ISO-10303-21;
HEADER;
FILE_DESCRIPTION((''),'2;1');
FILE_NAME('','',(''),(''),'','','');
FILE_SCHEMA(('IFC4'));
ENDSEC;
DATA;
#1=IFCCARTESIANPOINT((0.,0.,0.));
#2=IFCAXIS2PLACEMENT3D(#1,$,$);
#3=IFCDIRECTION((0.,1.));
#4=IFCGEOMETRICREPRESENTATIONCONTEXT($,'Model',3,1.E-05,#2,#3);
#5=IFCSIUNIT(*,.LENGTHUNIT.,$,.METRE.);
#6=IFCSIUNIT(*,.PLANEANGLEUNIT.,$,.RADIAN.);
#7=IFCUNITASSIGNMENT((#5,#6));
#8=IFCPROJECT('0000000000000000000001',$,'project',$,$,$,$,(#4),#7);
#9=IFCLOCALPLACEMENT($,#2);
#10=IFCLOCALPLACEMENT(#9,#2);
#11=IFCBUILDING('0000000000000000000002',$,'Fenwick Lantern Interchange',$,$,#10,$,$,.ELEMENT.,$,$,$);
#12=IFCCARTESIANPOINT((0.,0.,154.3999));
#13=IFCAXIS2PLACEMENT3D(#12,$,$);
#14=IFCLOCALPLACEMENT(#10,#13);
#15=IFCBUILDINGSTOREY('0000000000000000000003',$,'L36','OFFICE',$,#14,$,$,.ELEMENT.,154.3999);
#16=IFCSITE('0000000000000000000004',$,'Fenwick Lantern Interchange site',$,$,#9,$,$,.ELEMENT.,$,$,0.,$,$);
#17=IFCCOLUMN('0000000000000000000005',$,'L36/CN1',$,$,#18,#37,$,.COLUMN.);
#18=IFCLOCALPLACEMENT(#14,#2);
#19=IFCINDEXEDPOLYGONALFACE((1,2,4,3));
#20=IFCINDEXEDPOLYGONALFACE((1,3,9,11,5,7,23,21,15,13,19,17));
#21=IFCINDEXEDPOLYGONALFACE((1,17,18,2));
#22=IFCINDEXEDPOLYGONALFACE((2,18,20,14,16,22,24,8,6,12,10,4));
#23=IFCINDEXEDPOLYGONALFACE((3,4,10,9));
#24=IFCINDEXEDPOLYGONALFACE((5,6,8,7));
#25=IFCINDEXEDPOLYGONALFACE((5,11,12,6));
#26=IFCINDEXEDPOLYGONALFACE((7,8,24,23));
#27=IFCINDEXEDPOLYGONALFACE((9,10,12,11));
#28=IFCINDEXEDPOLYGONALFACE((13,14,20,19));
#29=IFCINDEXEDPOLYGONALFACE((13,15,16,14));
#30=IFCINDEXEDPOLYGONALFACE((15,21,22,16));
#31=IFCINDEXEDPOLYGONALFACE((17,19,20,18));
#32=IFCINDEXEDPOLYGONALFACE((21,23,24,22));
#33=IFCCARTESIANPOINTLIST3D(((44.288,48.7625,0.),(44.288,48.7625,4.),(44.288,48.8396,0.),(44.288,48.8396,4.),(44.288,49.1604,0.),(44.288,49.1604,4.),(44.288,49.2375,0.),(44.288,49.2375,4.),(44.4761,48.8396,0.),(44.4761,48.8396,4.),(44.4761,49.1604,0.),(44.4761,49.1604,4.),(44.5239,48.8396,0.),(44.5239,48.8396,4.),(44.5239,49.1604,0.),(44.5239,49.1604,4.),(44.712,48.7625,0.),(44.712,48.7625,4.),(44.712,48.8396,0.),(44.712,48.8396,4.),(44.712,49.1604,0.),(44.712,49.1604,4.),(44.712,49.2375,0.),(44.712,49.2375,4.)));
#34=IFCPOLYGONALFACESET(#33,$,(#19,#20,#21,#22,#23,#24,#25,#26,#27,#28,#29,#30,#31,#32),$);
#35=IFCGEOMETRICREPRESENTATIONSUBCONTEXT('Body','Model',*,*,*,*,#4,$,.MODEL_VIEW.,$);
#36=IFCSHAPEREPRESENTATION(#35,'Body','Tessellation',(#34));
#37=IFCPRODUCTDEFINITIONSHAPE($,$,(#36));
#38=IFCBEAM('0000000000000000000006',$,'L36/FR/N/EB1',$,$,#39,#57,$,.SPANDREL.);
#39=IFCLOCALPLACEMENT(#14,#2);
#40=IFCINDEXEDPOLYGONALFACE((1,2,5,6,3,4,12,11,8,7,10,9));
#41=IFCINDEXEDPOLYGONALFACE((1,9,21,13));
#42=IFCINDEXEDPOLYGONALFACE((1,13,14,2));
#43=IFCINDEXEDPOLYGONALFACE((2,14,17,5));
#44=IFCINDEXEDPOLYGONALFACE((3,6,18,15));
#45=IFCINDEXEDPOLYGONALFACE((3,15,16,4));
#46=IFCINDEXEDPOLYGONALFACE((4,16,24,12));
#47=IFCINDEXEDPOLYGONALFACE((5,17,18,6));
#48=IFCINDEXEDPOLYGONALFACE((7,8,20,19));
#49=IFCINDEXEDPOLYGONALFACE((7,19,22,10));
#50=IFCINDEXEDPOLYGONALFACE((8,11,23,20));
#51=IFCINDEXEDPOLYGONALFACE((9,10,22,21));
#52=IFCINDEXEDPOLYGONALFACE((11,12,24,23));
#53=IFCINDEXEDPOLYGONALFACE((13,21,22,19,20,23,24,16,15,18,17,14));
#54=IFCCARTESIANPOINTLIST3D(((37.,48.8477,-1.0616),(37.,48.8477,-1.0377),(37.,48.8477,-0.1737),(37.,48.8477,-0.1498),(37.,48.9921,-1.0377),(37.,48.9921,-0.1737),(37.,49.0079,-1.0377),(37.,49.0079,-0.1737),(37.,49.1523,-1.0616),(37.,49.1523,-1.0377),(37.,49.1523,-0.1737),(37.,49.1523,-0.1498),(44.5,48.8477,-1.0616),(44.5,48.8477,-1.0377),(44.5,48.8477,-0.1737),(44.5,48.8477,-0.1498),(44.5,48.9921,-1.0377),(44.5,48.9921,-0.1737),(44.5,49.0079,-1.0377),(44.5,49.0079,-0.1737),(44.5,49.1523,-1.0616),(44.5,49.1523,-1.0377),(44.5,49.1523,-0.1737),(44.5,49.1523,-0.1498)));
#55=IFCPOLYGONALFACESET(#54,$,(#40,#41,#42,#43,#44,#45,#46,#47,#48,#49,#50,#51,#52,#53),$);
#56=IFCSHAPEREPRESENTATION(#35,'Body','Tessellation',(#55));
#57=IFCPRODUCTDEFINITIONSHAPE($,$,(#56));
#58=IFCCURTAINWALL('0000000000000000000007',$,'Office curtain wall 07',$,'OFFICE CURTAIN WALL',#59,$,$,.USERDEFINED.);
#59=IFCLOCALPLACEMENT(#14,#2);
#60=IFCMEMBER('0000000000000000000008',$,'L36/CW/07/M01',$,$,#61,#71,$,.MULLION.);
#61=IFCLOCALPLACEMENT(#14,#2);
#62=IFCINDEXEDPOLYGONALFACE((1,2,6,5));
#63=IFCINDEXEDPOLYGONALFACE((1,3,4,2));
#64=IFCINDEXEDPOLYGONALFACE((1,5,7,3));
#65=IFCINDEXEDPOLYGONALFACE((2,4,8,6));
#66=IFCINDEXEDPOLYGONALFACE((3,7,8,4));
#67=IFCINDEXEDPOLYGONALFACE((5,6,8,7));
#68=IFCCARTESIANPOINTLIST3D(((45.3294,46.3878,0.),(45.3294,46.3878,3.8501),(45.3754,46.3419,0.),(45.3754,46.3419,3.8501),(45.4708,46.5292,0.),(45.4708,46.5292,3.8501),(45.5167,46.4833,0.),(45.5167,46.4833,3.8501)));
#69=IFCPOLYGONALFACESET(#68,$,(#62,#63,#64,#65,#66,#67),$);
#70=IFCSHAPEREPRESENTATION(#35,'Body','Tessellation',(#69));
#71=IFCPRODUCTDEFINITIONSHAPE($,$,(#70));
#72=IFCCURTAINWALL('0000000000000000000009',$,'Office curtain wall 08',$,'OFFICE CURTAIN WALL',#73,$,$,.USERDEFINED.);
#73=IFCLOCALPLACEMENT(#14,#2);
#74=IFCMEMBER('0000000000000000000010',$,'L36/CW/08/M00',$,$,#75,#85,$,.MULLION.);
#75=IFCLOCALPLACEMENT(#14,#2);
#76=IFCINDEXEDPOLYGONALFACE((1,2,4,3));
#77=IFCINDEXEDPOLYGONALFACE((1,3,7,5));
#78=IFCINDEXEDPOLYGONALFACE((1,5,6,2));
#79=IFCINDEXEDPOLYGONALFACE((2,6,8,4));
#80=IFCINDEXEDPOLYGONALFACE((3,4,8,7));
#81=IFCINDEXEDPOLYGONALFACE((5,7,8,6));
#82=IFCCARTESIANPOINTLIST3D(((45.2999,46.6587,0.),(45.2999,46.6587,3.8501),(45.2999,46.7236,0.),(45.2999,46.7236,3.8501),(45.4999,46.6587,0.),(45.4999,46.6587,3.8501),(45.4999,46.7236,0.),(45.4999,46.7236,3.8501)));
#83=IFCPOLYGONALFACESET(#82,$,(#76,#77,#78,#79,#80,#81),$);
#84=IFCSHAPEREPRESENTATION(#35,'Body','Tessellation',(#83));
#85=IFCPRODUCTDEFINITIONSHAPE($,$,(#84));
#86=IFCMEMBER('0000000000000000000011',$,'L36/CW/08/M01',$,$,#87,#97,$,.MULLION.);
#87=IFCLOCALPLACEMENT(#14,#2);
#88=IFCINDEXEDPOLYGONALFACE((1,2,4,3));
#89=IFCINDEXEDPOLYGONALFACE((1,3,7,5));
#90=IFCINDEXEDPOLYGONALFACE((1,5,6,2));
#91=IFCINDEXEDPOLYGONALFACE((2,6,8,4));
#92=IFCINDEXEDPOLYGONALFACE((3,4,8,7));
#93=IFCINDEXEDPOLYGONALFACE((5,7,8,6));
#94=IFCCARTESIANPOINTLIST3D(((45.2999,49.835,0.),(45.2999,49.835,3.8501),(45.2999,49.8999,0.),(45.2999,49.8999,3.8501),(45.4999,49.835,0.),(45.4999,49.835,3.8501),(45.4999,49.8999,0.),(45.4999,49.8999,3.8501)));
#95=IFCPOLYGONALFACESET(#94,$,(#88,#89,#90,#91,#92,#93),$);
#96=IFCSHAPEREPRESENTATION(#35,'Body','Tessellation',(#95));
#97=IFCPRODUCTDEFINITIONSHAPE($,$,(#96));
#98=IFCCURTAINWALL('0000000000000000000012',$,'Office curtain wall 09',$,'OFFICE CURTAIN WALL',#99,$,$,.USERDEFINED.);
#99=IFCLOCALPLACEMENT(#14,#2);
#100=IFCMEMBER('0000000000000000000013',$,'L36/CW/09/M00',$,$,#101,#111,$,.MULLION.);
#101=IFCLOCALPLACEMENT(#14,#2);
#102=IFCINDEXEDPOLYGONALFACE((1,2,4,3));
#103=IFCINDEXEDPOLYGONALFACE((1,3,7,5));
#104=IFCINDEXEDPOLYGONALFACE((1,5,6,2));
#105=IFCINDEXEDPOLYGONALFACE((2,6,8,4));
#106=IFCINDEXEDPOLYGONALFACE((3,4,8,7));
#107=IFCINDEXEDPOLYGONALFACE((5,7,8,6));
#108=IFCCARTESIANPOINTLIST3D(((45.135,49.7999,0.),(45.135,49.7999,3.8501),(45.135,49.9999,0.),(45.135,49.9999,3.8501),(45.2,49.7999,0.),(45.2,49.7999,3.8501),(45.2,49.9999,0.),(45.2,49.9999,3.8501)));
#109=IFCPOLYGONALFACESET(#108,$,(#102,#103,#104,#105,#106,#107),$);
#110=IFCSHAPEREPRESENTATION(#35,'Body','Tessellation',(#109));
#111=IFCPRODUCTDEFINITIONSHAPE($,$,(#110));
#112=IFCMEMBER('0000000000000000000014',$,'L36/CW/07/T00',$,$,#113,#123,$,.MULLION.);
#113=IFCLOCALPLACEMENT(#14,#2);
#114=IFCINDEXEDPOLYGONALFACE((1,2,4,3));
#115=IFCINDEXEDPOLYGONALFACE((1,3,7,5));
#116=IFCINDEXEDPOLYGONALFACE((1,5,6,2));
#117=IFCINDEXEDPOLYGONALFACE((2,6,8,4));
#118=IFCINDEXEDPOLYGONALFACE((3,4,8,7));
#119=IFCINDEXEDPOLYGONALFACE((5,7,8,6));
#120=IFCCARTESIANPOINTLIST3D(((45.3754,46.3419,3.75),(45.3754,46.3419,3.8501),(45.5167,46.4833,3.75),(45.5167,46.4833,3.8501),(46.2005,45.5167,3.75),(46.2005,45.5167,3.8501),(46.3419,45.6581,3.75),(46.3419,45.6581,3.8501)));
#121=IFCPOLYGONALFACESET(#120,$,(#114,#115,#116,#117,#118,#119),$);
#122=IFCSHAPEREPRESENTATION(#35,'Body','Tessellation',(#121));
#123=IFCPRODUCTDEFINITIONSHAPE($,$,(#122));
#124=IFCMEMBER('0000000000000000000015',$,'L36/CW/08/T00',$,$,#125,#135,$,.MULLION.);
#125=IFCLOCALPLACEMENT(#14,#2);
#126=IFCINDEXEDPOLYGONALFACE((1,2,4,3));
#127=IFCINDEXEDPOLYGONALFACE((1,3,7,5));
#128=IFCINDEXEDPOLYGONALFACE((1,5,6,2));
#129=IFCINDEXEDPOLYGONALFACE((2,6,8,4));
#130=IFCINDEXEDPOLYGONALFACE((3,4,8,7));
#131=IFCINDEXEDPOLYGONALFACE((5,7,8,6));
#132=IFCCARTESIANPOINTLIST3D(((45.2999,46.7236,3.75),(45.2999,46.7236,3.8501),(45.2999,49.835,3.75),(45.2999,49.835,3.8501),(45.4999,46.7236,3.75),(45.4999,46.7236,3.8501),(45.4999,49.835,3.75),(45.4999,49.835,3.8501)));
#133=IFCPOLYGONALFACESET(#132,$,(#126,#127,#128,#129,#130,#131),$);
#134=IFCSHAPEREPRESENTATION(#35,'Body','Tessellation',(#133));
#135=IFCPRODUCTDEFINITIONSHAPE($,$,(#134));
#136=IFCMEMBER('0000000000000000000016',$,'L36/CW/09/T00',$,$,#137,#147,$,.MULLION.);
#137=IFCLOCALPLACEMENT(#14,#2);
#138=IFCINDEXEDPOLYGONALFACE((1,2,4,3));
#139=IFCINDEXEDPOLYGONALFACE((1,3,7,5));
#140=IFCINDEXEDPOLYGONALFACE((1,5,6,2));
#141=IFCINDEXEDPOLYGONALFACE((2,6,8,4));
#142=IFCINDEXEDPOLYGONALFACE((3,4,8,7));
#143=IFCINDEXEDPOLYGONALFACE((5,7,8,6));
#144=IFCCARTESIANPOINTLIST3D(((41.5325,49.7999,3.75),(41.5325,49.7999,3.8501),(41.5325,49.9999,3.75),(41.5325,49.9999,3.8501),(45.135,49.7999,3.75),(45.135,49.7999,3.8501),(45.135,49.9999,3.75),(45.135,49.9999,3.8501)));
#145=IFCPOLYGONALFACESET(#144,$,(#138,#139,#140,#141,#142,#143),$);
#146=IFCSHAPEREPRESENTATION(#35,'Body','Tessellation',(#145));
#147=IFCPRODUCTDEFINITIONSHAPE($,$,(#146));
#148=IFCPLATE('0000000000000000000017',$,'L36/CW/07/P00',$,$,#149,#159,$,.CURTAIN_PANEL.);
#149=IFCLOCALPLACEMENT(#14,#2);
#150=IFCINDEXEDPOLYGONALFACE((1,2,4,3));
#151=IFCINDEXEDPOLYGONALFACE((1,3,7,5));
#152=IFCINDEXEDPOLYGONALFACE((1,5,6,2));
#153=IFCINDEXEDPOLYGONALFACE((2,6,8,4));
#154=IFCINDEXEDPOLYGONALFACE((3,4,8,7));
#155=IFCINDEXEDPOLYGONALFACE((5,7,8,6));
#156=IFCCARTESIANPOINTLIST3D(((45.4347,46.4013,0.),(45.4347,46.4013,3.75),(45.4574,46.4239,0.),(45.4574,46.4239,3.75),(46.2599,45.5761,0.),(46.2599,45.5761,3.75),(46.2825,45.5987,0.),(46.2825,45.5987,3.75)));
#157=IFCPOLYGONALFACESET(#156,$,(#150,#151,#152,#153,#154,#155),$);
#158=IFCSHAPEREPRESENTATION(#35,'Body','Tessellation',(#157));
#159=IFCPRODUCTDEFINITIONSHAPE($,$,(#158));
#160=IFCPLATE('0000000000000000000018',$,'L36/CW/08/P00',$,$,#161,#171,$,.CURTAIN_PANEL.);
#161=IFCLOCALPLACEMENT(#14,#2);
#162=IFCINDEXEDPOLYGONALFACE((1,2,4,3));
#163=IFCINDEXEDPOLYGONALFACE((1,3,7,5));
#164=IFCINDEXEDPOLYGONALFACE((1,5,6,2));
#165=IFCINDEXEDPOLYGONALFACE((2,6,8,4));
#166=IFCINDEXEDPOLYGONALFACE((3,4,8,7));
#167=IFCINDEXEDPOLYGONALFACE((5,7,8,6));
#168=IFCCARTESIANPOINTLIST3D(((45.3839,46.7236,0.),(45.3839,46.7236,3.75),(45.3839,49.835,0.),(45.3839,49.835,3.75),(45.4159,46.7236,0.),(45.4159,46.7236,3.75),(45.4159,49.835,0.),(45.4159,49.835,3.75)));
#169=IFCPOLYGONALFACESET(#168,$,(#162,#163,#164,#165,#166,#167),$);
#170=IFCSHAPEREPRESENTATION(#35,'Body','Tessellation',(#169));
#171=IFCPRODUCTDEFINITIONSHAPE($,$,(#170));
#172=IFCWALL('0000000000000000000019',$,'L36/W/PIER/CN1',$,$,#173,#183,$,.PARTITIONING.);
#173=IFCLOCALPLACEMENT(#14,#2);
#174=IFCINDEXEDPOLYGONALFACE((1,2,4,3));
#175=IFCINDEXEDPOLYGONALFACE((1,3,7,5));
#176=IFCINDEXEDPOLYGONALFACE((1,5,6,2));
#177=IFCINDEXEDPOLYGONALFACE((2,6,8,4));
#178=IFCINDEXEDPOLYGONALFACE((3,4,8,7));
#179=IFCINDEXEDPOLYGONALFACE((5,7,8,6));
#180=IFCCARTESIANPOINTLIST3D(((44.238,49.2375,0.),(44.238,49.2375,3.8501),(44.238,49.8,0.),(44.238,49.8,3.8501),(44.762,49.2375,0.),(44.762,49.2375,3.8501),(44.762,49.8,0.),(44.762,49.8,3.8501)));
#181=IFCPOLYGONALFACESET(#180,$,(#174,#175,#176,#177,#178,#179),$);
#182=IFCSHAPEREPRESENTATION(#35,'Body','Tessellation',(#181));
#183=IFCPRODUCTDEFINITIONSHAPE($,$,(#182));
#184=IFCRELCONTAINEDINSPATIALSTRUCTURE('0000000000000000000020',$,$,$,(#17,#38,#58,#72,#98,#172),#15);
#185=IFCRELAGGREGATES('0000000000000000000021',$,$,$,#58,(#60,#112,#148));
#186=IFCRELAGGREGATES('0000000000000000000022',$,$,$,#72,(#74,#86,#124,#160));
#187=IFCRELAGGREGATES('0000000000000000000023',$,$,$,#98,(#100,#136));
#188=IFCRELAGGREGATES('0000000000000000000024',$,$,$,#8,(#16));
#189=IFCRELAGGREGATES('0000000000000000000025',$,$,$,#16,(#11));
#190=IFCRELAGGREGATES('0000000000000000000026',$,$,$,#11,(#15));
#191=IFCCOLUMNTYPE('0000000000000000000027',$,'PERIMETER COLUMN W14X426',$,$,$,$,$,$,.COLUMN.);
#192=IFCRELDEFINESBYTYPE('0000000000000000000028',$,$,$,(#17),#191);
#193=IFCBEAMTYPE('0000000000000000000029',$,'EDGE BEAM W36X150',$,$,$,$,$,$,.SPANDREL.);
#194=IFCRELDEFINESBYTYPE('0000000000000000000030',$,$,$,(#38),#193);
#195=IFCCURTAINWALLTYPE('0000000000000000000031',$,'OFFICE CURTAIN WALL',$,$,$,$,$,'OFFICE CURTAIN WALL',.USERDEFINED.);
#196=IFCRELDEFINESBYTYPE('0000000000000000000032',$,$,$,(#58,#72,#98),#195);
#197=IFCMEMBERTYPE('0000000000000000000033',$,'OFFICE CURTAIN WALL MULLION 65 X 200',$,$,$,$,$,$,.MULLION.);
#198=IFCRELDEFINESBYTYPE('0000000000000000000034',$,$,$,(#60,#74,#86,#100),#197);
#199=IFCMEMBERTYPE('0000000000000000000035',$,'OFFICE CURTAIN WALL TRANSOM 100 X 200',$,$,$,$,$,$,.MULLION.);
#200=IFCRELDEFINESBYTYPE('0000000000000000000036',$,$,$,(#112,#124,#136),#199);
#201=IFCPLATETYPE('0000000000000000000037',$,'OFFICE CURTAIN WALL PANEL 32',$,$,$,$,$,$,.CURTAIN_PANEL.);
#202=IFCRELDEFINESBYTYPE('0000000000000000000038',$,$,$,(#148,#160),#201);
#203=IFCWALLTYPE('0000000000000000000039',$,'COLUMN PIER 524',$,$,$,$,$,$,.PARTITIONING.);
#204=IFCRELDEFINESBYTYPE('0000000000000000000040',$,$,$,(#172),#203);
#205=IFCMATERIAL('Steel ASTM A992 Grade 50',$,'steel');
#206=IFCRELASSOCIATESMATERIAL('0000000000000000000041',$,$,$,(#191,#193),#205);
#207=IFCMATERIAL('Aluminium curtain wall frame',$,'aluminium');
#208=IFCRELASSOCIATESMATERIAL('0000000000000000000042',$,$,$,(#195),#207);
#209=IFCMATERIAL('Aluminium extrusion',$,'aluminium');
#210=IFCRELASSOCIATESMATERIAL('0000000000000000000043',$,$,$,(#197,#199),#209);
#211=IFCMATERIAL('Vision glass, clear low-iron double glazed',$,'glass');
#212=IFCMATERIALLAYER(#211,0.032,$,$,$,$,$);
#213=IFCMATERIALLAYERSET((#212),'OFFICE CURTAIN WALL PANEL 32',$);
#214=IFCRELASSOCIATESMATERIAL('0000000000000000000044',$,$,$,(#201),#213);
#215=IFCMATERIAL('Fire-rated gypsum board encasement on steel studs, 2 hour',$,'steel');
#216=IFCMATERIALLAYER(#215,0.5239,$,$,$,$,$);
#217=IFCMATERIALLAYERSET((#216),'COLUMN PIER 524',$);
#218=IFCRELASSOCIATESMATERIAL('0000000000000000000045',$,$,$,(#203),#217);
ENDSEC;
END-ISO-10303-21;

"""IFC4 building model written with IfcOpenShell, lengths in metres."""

from ifc_helpers import new_model, si_unit, direction, frame, frame_2d, origin, origin_2d, place, context, subcontext, project, spatial, rectangle, i_section, extrude, material, layer, layer_set, material_profile, profile_set, type_object, element, aggregate, save


model = new_model("IFC4")

# Units and contexts
model_context = context("Model", 3, precision=1e-05, world=origin(), true_north=direction((0.0, 1.0)))
body_context = subcontext(model_context, "Body", "Model", "MODEL_VIEW")
ifc_project = project(units=[si_unit("LENGTHUNIT", "METRE"), si_unit("PLANEANGLEUNIT", "RADIAN")], contexts=[model_context])

# Site, building, storey
site_placement = place(None, origin())
site = spatial("IfcSite", under=ifc_project, at=site_placement, Name="Fenwick Lantern Interchange site", CompositionType="ELEMENT", RefElevation=0.0)
building_placement = place(site_placement, origin())
building = spatial("IfcBuilding", under=site, at=building_placement, Name="Fenwick Lantern Interchange", CompositionType="ELEMENT")
storey_placement = place(building_placement, frame((0.0, 0.0, 154.3999)))
storey = spatial("IfcBuildingStorey", under=building, at=storey_placement, Name="L36", Description="OFFICE", CompositionType="ELEMENT", Elevation=154.3999)

# Column
ifc_material_1 = material(Name="Steel ASTM A992 Grade 50", Category="steel")
ifc_material_profile_1 = material_profile(ifc_material_1, i_section(OverallWidth=0.4241, OverallDepth=0.4751, WebThickness=0.0479, FlangeThickness=0.0771, at=origin_2d()), Name="W14X426")
ifc_profile_set_1 = profile_set([ifc_material_profile_1], Name="Steel ASTM A992 Grade 50")
column_type = type_object("IfcColumnType", Name="PERIMETER COLUMN W14X426", PredefinedType="COLUMN", material=ifc_profile_set_1)
column_placement = place(storey_placement, frame((44.5, 49.0, 0.0), z_axis=(0.0, 0.0, 1.0), x_axis=(1.0, 0.0, 0.0)))
element("IfcColumn", 1, at=column_placement, inside=storey, type_object=column_type, Name="L36/CN1", PredefinedType="COLUMN", context=body_context, shape_type="SweptSolid", body=[
    extrude(i_section(OverallWidth=0.4241, OverallDepth=0.4751, WebThickness=0.0479, FlangeThickness=0.0771, at=origin_2d()), origin(), (0.0, 0.0, 1.0), 4.0),
])

# Beam
ifc_material_profile_2 = material_profile(ifc_material_1, i_section(OverallWidth=0.3047, OverallDepth=0.9119, WebThickness=0.0159, FlangeThickness=0.0239, at=origin_2d()), Name="W36X150")
ifc_profile_set_2 = profile_set([ifc_material_profile_2], Name="Steel ASTM A992 Grade 50")
beam_type = type_object("IfcBeamType", Name="EDGE BEAM W36X150", PredefinedType="SPANDREL", material=ifc_profile_set_2)
beam_placement = place(storey_placement, frame((44.5, 49.0, -0.6057), z_axis=(-1.0, 0.0, 0.0), x_axis=(0.0, -1.0, 0.0)))
element("IfcBeam", 2, at=beam_placement, inside=storey, type_object=beam_type, Name="L36/FR/N/EB1", PredefinedType="SPANDREL", context=body_context, shape_type="SweptSolid", body=[
    extrude(i_section(OverallWidth=0.3047, OverallDepth=0.9119, WebThickness=0.0159, FlangeThickness=0.0239, at=origin_2d()), origin(), (0.0, 0.0, 1.0), 7.5),
])

# Curtain wall, member
ifc_material_2 = material(Name="Aluminium curtain wall frame", Category="aluminium")
curtain_wall_type = type_object("IfcCurtainWallType", Name="OFFICE CURTAIN WALL", ElementType="OFFICE CURTAIN WALL", PredefinedType="USERDEFINED", material=ifc_material_2)
curtain_wall_1_placement = place(storey_placement, origin())
curtain_wall_1 = element("IfcCurtainWall", 3, at=curtain_wall_1_placement, inside=storey, type_object=curtain_wall_type, Name="Office curtain wall 07", ObjectType="OFFICE CURTAIN WALL", PredefinedType="USERDEFINED")
ifc_material_3 = material(Name="Aluminium extrusion", Category="aluminium")
ifc_material_profile_3 = material_profile(ifc_material_3, rectangle(XDim=0.2, YDim=0.0649, at=origin_2d()), Name="OFFICE CURTAIN WALL MULLION 65 X 200")
ifc_profile_set_3 = profile_set([ifc_material_profile_3], Name="Aluminium extrusion")
member_type_1 = type_object("IfcMemberType", Name="OFFICE CURTAIN WALL MULLION 65 X 200", PredefinedType="MULLION", material=ifc_profile_set_3)
member_1_placement = place(storey_placement, frame((45.4231, 46.4355, 0.0), z_axis=(0.0, 0.0, 1.0), x_axis=(-0.707107, -0.707107, 0.0)))
member_1 = element("IfcMember", 4, at=member_1_placement, type_object=member_type_1, Name="L36/CW/07/M01", PredefinedType="MULLION", context=body_context, shape_type="SweptSolid", body=[
    extrude(rectangle(XDim=0.2, YDim=0.0649, at=origin_2d()), origin(), (0.0, 0.0, 1.0), 3.8501),
])

# Curtain wall, members
curtain_wall_2_placement = place(storey_placement, origin())
curtain_wall_2 = element("IfcCurtainWall", 5, at=curtain_wall_2_placement, inside=storey, type_object=curtain_wall_type, Name="Office curtain wall 08", ObjectType="OFFICE CURTAIN WALL", PredefinedType="USERDEFINED")
member_2_placement = place(storey_placement, frame((45.3999, 46.6912, 0.0), z_axis=(0.0, 0.0, 1.0), x_axis=(-1.0, 0.0, 0.0)))
member_2 = element("IfcMember", 6, at=member_2_placement, type_object=member_type_1, Name="L36/CW/08/M00", PredefinedType="MULLION", context=body_context, shape_type="SweptSolid", body=[
    extrude(rectangle(XDim=0.2, YDim=0.0649, at=origin_2d()), origin(), (0.0, 0.0, 1.0), 3.8501),
])
member_3_placement = place(storey_placement, frame((45.3999, 49.8674, 0.0), z_axis=(0.0, 0.0, 1.0), x_axis=(-1.0, 0.0, 0.0)))
member_3 = element("IfcMember", 7, at=member_3_placement, type_object=member_type_1, Name="L36/CW/08/M01", PredefinedType="MULLION", context=body_context, shape_type="SweptSolid", body=[
    extrude(rectangle(XDim=0.2, YDim=0.0649, at=origin_2d()), origin(), (0.0, 0.0, 1.0), 3.8501),
])

# Curtain wall, member
curtain_wall_3_placement = place(storey_placement, origin())
curtain_wall_3 = element("IfcCurtainWall", 8, at=curtain_wall_3_placement, inside=storey, type_object=curtain_wall_type, Name="Office curtain wall 09", ObjectType="OFFICE CURTAIN WALL", PredefinedType="USERDEFINED")
member_4_placement = place(storey_placement, frame((45.1675, 49.8999, 0.0), z_axis=(0.0, 0.0, 1.0), x_axis=(0.0, -1.0, 0.0)))
member_4 = element("IfcMember", 9, at=member_4_placement, type_object=member_type_1, Name="L36/CW/09/M00", PredefinedType="MULLION", context=body_context, shape_type="SweptSolid", body=[
    extrude(rectangle(XDim=0.2, YDim=0.0649, at=origin_2d()), origin(), (0.0, 0.0, 1.0), 3.8501),
])

# Members
ifc_material_profile_4 = material_profile(ifc_material_3, rectangle(XDim=0.2, YDim=0.1001, at=origin_2d()), Name="OFFICE CURTAIN WALL TRANSOM 100 X 200")
ifc_profile_set_4 = profile_set([ifc_material_profile_4], Name="Aluminium extrusion")
member_type_2 = type_object("IfcMemberType", Name="OFFICE CURTAIN WALL TRANSOM 100 X 200", PredefinedType="MULLION", material=ifc_profile_set_4)
member_5_placement = place(storey_placement, frame((46.2712, 45.5874, 3.8), z_axis=(-0.707107, 0.707107, 0.0), x_axis=(-0.707107, -0.707107, 0.0)))
member_5 = element("IfcMember", 10, at=member_5_placement, type_object=member_type_2, Name="L36/CW/07/T00", PredefinedType="MULLION", context=body_context, shape_type="SweptSolid", body=[
    extrude(rectangle(XDim=0.2, YDim=0.1001, at=origin_2d()), origin(), (0.0, 0.0, 1.0), 1.167),
])
member_6_placement = place(storey_placement, frame((45.3999, 46.7236, 3.8), z_axis=(0.0, 1.0, 0.0), x_axis=(-1.0, 0.0, 0.0)))
member_6 = element("IfcMember", 11, at=member_6_placement, type_object=member_type_2, Name="L36/CW/08/T00", PredefinedType="MULLION", context=body_context, shape_type="SweptSolid", body=[
    extrude(rectangle(XDim=0.2, YDim=0.1001, at=origin_2d()), origin(), (0.0, 0.0, 1.0), 3.1113),
])
member_7_placement = place(storey_placement, frame((45.135, 49.8999, 3.8), z_axis=(-1.0, 0.0, 0.0), x_axis=(0.0, -1.0, 0.0)))
member_7 = element("IfcMember", 12, at=member_7_placement, type_object=member_type_2, Name="L36/CW/09/T00", PredefinedType="MULLION", context=body_context, shape_type="SweptSolid", body=[
    extrude(rectangle(XDim=0.2, YDim=0.1001, at=origin_2d()), origin(), (0.0, 0.0, 1.0), 3.6025),
])

# Plates
ifc_material_4 = material(Name="Vision glass, clear low-iron double glazed", Category="glass")
ifc_layer_1 = layer(ifc_material_4, 0.032)
ifc_layer_set_1 = layer_set([ifc_layer_1], Name="OFFICE CURTAIN WALL PANEL 32")
plate_type = type_object("IfcPlateType", Name="OFFICE CURTAIN WALL PANEL 32", PredefinedType="CURTAIN_PANEL", material=ifc_layer_set_1)
plate_1_placement = place(storey_placement, frame((45.8586, 46.0, 0.0), z_axis=(0.0, 0.0, 1.0), x_axis=(-0.707107, 0.707107, 0.0)))
plate_1 = element("IfcPlate", 13, at=plate_1_placement, type_object=plate_type, Name="L36/CW/07/P00", PredefinedType="CURTAIN_PANEL", context=body_context, shape_type="SweptSolid", body=[
    extrude(rectangle(XDim=1.167, YDim=0.032, at=origin_2d()), origin(), (0.0, 0.0, 1.0), 3.75),
])
aggregate(curtain_wall_1, [member_1, member_5, plate_1])
plate_2_placement = place(storey_placement, frame((45.3999, 48.2793, 0.0), z_axis=(0.0, 0.0, 1.0), x_axis=(0.0, 1.0, 0.0)))
plate_2 = element("IfcPlate", 14, at=plate_2_placement, type_object=plate_type, Name="L36/CW/08/P00", PredefinedType="CURTAIN_PANEL", context=body_context, shape_type="SweptSolid", body=[
    extrude(rectangle(XDim=3.1113, YDim=0.032, at=origin_2d()), origin(), (0.0, 0.0, 1.0), 3.75),
])
aggregate(curtain_wall_2, [member_2, member_3, member_6, plate_2])
aggregate(curtain_wall_3, [member_4, member_7])

# Wall
ifc_material_5 = material(Name="Fire-rated gypsum board encasement on steel studs, 2 hour", Category="steel")
ifc_layer_2 = layer(ifc_material_5, 0.5239)
ifc_layer_set_2 = layer_set([ifc_layer_2], Name="COLUMN PIER 524")
wall_type_1 = type_object("IfcWallType", Name="COLUMN PIER 524", PredefinedType="PARTITIONING", material=ifc_layer_set_2)
wall_1_placement = place(storey_placement, frame((44.5, 49.8, 0.0), z_axis=(0.0, 0.0, 1.0), x_axis=(0.0, -1.0, 0.0)))
element("IfcWall", 15, at=wall_1_placement, inside=storey, type_object=wall_type_1, Name="L36/W/PIER/CN1", PredefinedType="PARTITIONING", context=body_context, shape_type="SweptSolid", body=[
    extrude(rectangle(XDim=0.5625, YDim=0.5239, at=frame_2d((0.2812, 0.0))), origin(), (0.0, 0.0, 1.0), 3.8501),
])

save(model, "model.ifc")
